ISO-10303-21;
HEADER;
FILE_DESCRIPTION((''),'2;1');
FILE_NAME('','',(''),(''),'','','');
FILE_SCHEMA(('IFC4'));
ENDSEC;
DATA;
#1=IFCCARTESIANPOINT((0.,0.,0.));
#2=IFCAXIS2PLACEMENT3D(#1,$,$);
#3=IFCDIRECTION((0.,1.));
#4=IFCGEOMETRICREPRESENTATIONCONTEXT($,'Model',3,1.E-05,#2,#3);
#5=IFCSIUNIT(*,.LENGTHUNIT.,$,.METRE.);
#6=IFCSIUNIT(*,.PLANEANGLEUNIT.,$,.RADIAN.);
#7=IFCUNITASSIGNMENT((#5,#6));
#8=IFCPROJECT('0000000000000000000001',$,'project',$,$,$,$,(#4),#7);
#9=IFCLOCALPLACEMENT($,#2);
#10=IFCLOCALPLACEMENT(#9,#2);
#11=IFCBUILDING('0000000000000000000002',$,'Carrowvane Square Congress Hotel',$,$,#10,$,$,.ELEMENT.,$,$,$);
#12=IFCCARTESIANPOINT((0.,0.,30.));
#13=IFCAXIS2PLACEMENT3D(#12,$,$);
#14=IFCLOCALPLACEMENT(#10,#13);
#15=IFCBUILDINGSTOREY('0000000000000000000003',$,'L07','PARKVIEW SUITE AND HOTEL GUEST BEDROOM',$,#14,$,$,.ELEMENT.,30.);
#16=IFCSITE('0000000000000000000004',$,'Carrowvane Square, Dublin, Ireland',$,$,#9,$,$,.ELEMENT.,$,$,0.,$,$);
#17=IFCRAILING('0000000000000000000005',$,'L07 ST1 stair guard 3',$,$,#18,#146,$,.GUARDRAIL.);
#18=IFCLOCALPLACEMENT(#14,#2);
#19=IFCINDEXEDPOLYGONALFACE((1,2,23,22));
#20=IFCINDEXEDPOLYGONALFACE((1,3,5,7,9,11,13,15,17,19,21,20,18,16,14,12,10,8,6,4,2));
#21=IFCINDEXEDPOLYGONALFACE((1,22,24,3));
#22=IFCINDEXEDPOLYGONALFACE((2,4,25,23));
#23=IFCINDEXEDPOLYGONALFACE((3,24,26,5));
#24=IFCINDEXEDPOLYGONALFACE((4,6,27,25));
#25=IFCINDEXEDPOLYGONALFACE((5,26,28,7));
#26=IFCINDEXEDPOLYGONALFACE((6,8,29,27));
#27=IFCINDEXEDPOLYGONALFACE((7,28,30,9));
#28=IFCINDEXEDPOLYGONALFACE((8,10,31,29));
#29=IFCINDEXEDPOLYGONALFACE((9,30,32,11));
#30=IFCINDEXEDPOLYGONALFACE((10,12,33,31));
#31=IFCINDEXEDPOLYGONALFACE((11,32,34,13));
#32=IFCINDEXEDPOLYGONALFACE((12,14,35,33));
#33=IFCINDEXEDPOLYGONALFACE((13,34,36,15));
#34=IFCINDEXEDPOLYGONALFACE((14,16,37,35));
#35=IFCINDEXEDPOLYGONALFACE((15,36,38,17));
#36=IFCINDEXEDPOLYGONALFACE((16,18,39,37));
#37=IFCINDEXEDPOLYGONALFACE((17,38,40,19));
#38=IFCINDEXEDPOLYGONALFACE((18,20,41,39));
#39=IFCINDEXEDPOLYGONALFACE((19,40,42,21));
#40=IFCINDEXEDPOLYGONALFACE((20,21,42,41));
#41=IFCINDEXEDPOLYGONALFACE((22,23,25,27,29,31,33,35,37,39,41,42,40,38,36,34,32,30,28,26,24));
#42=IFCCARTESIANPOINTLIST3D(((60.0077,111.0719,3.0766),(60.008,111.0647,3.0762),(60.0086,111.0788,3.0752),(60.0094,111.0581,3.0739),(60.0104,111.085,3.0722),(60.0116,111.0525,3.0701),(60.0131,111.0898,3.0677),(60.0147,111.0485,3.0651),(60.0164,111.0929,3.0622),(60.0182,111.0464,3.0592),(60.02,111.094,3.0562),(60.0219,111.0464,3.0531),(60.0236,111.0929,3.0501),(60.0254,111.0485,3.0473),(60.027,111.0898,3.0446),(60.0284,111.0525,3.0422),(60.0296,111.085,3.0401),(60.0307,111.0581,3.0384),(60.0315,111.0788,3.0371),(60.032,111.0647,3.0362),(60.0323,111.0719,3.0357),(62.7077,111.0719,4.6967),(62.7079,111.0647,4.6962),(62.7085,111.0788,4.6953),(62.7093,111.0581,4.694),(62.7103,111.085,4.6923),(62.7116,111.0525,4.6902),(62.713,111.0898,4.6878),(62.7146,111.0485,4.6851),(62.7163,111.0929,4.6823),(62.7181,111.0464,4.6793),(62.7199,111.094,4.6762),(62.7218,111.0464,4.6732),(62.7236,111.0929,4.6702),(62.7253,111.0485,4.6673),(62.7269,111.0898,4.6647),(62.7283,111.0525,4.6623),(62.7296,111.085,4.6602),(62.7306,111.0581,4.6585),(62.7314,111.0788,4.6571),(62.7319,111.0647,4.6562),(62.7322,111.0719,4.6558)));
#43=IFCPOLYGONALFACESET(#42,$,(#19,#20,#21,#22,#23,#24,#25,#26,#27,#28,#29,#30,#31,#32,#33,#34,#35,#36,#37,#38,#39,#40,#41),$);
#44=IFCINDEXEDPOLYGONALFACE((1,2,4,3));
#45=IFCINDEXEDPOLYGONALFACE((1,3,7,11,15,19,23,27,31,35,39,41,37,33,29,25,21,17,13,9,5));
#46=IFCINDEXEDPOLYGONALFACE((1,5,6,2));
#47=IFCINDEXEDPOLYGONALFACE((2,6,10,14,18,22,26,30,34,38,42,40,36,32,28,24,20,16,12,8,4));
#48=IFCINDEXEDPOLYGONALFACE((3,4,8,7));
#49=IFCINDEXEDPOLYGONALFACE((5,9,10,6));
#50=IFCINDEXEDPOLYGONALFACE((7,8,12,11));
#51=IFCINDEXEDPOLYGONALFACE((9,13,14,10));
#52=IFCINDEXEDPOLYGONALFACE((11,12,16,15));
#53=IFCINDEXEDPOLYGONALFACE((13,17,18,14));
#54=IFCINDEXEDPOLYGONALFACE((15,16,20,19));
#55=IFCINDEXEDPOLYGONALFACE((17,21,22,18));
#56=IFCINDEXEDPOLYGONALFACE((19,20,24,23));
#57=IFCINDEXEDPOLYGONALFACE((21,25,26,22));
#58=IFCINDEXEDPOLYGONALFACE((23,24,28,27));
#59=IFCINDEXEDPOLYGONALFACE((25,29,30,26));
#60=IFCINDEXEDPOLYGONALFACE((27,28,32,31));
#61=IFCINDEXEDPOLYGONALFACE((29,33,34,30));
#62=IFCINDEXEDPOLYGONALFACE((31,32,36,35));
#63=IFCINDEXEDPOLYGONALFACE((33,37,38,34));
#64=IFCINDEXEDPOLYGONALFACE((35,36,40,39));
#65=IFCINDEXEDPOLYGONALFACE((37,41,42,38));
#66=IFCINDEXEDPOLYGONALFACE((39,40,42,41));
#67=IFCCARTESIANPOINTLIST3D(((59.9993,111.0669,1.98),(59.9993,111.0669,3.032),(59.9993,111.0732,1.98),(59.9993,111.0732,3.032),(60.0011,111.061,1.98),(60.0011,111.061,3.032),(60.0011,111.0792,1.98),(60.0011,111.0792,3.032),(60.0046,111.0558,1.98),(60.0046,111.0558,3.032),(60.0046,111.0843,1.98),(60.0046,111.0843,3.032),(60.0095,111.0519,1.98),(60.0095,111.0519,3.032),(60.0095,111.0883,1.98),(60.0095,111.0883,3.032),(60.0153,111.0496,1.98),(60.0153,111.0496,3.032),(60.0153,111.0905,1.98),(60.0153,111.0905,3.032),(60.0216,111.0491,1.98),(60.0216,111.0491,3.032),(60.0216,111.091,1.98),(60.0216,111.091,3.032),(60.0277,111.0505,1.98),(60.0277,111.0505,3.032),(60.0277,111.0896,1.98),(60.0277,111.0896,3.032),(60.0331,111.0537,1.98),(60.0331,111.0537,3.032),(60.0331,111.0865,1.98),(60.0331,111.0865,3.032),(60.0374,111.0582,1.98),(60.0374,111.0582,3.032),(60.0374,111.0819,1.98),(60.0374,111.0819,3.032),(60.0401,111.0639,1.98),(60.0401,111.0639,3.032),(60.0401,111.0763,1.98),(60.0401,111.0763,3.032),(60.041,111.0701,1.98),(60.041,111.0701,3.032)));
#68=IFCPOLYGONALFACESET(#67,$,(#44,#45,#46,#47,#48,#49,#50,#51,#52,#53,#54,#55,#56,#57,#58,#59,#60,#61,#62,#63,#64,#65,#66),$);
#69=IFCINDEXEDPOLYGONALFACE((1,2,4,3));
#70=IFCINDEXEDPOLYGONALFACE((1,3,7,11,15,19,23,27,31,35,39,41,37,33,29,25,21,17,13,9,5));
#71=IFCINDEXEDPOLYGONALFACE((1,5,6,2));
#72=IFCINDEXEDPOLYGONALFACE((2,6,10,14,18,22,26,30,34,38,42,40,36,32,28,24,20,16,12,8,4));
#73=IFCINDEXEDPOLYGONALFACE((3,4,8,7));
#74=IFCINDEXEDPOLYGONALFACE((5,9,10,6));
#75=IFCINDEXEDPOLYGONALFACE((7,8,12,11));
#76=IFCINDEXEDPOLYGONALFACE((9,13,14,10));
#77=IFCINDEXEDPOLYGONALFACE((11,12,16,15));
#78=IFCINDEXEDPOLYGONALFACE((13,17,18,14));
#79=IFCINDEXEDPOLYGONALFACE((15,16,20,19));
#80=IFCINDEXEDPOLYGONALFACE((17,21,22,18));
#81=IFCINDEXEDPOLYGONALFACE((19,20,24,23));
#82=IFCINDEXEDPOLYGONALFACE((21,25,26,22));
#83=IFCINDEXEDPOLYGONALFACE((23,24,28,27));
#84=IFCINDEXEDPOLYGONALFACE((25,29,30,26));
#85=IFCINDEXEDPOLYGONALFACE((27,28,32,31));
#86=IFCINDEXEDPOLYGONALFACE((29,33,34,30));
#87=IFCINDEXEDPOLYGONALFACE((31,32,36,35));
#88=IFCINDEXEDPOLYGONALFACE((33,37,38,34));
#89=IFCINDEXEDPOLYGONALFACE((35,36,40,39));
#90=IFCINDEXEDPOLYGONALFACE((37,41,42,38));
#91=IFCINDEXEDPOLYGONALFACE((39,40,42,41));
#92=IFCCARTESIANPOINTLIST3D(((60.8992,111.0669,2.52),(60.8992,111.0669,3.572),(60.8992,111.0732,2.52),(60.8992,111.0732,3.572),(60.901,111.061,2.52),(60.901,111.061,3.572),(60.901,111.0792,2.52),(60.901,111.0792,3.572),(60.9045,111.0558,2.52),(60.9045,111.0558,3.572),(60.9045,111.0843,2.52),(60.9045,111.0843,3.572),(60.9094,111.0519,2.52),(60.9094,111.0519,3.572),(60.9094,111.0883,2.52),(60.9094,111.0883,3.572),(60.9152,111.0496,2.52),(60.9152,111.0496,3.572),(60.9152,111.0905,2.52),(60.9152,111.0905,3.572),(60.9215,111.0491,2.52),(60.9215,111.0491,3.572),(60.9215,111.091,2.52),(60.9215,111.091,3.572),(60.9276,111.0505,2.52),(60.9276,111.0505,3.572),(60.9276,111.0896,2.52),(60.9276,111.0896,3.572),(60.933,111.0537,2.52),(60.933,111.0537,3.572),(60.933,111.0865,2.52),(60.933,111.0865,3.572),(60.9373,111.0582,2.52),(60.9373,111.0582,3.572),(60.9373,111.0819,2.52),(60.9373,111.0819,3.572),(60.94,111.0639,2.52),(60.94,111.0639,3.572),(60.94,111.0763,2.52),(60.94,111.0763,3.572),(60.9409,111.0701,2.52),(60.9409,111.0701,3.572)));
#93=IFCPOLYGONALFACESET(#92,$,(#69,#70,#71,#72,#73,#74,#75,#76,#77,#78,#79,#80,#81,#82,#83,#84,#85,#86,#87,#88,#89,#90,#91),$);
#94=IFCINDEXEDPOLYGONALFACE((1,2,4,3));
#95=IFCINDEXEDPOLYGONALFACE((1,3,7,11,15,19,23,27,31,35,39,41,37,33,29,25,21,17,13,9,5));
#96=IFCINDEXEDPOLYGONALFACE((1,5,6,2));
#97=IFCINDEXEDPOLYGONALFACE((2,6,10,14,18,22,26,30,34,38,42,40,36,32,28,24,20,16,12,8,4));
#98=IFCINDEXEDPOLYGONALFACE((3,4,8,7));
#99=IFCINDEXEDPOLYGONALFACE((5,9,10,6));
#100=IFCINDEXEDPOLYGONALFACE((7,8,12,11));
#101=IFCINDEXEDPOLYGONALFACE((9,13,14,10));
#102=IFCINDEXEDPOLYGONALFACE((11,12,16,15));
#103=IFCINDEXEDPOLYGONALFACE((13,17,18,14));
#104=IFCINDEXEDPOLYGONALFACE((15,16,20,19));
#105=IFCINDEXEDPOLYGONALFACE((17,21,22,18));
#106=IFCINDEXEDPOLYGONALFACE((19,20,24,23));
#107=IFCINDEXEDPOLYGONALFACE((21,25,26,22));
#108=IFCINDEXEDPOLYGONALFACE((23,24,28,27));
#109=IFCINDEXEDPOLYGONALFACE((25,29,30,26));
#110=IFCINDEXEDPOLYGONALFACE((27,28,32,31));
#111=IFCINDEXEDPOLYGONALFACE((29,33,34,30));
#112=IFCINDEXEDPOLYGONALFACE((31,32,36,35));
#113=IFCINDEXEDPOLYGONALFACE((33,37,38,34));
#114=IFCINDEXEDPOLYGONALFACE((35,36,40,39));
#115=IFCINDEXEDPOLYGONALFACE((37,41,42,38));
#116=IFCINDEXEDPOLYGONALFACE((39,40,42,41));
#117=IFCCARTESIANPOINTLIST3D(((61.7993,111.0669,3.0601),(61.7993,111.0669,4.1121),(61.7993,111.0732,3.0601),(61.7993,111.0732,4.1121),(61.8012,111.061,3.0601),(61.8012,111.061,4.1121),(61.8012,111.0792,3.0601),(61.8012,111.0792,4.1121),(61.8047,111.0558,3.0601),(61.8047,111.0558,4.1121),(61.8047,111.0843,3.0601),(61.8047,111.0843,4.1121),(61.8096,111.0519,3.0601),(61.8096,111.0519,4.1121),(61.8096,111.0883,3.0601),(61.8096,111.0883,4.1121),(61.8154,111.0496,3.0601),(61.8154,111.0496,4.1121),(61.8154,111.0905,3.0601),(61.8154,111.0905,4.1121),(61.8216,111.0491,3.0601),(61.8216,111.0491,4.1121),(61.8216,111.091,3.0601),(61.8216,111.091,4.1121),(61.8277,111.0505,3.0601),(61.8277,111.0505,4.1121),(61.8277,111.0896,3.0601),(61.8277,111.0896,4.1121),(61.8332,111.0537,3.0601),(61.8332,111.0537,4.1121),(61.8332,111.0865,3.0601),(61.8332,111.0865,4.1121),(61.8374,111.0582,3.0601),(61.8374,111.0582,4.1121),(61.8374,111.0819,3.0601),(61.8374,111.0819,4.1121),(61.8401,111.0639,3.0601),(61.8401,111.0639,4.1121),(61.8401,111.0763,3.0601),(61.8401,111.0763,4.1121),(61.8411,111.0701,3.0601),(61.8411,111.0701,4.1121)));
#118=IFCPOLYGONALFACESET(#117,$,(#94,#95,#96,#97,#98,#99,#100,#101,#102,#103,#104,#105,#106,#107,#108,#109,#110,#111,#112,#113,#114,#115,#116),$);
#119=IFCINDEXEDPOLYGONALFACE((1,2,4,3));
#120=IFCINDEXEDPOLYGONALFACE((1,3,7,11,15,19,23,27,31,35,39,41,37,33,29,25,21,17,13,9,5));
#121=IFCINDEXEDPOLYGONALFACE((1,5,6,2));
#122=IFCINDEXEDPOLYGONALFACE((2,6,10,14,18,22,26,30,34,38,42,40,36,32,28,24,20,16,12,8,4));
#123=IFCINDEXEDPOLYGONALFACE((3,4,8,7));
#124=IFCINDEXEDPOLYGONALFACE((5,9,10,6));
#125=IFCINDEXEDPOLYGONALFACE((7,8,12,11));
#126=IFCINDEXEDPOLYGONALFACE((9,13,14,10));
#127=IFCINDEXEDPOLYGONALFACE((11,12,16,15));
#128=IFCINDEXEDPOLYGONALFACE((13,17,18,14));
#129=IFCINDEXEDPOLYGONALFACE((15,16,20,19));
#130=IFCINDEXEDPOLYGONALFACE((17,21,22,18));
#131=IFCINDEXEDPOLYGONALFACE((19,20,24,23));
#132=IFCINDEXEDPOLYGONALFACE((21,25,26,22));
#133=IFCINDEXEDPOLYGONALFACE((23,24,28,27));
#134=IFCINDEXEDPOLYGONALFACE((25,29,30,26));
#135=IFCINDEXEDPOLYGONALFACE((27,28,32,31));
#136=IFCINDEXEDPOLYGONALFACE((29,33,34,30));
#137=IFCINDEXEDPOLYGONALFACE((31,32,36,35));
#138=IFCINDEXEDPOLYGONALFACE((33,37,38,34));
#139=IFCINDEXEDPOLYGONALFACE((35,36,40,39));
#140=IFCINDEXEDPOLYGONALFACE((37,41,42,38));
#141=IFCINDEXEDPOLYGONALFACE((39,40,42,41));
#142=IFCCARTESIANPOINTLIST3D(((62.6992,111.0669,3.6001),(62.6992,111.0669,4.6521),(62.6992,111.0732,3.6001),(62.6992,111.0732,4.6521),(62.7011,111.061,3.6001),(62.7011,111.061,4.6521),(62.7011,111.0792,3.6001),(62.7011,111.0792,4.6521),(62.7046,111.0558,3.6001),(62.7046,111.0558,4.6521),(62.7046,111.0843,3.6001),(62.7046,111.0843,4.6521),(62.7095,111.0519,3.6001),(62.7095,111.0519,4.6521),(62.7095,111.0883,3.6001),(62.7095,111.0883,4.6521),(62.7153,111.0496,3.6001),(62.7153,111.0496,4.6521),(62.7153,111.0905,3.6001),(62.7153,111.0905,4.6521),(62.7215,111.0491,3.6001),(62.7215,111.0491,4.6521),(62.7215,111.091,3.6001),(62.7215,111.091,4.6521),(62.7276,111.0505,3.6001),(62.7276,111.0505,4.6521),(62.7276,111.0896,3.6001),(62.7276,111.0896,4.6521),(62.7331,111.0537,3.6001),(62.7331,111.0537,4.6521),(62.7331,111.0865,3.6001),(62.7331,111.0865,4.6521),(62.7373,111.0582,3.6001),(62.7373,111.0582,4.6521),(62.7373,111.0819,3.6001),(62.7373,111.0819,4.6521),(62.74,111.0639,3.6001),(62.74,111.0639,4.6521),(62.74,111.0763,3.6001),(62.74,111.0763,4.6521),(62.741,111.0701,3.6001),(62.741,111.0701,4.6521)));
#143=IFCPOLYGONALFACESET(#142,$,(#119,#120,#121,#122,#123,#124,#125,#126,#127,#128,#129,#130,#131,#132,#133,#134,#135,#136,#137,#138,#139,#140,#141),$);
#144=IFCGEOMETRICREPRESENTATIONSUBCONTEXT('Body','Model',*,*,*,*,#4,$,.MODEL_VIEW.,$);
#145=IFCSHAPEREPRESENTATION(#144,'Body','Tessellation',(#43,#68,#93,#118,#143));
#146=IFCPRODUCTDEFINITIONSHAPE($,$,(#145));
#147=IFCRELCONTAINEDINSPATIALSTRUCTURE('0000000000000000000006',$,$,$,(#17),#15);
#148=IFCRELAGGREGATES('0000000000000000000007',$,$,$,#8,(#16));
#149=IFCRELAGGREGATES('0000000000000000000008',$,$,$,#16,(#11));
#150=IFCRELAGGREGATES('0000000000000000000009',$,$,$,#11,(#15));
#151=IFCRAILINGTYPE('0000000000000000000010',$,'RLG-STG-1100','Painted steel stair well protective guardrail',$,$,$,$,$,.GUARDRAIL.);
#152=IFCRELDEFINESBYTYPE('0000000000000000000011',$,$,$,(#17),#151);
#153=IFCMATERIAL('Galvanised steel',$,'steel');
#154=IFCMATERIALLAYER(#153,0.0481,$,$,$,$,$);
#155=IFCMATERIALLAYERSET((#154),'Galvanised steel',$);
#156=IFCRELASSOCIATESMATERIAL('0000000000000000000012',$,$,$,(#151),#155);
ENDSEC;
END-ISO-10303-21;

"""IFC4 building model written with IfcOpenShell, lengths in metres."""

from ifc_helpers import new_model, si_unit, direction, frame, origin, origin_2d, place, context, subcontext, project, spatial, circle, extrude, material, layer, layer_set, type_object, element, save


model = new_model("IFC4")

# Units and contexts
model_context = context("Model", 3, precision=1e-05, world=origin(), true_north=direction((0.0, 1.0)))
body_context = subcontext(model_context, "Body", "Model", "MODEL_VIEW")
ifc_project = project(units=[si_unit("LENGTHUNIT", "METRE"), si_unit("PLANEANGLEUNIT", "RADIAN")], contexts=[model_context])

# Site, building, storey
site_placement = place(None, origin())
site = spatial("IfcSite", under=ifc_project, at=site_placement, Name="Carrowvane Square, Dublin, Ireland", CompositionType="ELEMENT", RefElevation=0.0)
building_placement = place(site_placement, origin())
building = spatial("IfcBuilding", under=site, at=building_placement, Name="Carrowvane Square Congress Hotel", CompositionType="ELEMENT")
storey_placement = place(building_placement, frame((0.0, 0.0, 30.0)))
storey = spatial("IfcBuildingStorey", under=building, at=storey_placement, Name="L07", Description="PARKVIEW SUITE AND HOTEL GUEST BEDROOM", CompositionType="ELEMENT", Elevation=30.0)

# Railing
ifc_material_1 = material(Name="Galvanised steel", Category="steel")
ifc_layer_1 = layer(ifc_material_1, 0.0481)
ifc_layer_set_1 = layer_set([ifc_layer_1], Name="Galvanised steel")
railing_type_1 = type_object("IfcRailingType", Name="RLG-STG-1100", Description="Painted steel stair well protective guardrail", PredefinedType="GUARDRAIL", material=ifc_layer_set_1)
railing_1_placement = place(storey_placement, frame((60.02, 111.0701, 1.98)))
element("IfcRailing", 1, at=railing_1_placement, inside=storey, type_object=railing_type_1, Name="L07 ST1 stair guard 3", PredefinedType="GUARDRAIL", context=body_context, shape_type="SweptSolid", body=[
    extrude(circle(Radius=0.0239, at=origin_2d()), frame((0.0, 0.0, 1.0762), z_axis=(0.857472, 0.0, 0.51453), x_axis=(0.0, 1.0, 0.0)), (0.0, 0.0, 1.0), 3.1487),
    extrude(circle(Radius=0.021, at=origin_2d()), origin(), (0.0, 0.0, 1.0), 1.052),
    extrude(circle(Radius=0.021, at=origin_2d()), frame((0.8999, 0.0, 0.54)), (0.0, 0.0, 1.0), 1.052),
    extrude(circle(Radius=0.021, at=origin_2d()), frame((1.8, 0.0, 1.0801)), (0.0, 0.0, 1.0), 1.052),
    extrude(circle(Radius=0.021, at=origin_2d()), frame((2.7, 0.0, 1.6201)), (0.0, 0.0, 1.0), 1.052),
])

save(model, "model.ifc")
